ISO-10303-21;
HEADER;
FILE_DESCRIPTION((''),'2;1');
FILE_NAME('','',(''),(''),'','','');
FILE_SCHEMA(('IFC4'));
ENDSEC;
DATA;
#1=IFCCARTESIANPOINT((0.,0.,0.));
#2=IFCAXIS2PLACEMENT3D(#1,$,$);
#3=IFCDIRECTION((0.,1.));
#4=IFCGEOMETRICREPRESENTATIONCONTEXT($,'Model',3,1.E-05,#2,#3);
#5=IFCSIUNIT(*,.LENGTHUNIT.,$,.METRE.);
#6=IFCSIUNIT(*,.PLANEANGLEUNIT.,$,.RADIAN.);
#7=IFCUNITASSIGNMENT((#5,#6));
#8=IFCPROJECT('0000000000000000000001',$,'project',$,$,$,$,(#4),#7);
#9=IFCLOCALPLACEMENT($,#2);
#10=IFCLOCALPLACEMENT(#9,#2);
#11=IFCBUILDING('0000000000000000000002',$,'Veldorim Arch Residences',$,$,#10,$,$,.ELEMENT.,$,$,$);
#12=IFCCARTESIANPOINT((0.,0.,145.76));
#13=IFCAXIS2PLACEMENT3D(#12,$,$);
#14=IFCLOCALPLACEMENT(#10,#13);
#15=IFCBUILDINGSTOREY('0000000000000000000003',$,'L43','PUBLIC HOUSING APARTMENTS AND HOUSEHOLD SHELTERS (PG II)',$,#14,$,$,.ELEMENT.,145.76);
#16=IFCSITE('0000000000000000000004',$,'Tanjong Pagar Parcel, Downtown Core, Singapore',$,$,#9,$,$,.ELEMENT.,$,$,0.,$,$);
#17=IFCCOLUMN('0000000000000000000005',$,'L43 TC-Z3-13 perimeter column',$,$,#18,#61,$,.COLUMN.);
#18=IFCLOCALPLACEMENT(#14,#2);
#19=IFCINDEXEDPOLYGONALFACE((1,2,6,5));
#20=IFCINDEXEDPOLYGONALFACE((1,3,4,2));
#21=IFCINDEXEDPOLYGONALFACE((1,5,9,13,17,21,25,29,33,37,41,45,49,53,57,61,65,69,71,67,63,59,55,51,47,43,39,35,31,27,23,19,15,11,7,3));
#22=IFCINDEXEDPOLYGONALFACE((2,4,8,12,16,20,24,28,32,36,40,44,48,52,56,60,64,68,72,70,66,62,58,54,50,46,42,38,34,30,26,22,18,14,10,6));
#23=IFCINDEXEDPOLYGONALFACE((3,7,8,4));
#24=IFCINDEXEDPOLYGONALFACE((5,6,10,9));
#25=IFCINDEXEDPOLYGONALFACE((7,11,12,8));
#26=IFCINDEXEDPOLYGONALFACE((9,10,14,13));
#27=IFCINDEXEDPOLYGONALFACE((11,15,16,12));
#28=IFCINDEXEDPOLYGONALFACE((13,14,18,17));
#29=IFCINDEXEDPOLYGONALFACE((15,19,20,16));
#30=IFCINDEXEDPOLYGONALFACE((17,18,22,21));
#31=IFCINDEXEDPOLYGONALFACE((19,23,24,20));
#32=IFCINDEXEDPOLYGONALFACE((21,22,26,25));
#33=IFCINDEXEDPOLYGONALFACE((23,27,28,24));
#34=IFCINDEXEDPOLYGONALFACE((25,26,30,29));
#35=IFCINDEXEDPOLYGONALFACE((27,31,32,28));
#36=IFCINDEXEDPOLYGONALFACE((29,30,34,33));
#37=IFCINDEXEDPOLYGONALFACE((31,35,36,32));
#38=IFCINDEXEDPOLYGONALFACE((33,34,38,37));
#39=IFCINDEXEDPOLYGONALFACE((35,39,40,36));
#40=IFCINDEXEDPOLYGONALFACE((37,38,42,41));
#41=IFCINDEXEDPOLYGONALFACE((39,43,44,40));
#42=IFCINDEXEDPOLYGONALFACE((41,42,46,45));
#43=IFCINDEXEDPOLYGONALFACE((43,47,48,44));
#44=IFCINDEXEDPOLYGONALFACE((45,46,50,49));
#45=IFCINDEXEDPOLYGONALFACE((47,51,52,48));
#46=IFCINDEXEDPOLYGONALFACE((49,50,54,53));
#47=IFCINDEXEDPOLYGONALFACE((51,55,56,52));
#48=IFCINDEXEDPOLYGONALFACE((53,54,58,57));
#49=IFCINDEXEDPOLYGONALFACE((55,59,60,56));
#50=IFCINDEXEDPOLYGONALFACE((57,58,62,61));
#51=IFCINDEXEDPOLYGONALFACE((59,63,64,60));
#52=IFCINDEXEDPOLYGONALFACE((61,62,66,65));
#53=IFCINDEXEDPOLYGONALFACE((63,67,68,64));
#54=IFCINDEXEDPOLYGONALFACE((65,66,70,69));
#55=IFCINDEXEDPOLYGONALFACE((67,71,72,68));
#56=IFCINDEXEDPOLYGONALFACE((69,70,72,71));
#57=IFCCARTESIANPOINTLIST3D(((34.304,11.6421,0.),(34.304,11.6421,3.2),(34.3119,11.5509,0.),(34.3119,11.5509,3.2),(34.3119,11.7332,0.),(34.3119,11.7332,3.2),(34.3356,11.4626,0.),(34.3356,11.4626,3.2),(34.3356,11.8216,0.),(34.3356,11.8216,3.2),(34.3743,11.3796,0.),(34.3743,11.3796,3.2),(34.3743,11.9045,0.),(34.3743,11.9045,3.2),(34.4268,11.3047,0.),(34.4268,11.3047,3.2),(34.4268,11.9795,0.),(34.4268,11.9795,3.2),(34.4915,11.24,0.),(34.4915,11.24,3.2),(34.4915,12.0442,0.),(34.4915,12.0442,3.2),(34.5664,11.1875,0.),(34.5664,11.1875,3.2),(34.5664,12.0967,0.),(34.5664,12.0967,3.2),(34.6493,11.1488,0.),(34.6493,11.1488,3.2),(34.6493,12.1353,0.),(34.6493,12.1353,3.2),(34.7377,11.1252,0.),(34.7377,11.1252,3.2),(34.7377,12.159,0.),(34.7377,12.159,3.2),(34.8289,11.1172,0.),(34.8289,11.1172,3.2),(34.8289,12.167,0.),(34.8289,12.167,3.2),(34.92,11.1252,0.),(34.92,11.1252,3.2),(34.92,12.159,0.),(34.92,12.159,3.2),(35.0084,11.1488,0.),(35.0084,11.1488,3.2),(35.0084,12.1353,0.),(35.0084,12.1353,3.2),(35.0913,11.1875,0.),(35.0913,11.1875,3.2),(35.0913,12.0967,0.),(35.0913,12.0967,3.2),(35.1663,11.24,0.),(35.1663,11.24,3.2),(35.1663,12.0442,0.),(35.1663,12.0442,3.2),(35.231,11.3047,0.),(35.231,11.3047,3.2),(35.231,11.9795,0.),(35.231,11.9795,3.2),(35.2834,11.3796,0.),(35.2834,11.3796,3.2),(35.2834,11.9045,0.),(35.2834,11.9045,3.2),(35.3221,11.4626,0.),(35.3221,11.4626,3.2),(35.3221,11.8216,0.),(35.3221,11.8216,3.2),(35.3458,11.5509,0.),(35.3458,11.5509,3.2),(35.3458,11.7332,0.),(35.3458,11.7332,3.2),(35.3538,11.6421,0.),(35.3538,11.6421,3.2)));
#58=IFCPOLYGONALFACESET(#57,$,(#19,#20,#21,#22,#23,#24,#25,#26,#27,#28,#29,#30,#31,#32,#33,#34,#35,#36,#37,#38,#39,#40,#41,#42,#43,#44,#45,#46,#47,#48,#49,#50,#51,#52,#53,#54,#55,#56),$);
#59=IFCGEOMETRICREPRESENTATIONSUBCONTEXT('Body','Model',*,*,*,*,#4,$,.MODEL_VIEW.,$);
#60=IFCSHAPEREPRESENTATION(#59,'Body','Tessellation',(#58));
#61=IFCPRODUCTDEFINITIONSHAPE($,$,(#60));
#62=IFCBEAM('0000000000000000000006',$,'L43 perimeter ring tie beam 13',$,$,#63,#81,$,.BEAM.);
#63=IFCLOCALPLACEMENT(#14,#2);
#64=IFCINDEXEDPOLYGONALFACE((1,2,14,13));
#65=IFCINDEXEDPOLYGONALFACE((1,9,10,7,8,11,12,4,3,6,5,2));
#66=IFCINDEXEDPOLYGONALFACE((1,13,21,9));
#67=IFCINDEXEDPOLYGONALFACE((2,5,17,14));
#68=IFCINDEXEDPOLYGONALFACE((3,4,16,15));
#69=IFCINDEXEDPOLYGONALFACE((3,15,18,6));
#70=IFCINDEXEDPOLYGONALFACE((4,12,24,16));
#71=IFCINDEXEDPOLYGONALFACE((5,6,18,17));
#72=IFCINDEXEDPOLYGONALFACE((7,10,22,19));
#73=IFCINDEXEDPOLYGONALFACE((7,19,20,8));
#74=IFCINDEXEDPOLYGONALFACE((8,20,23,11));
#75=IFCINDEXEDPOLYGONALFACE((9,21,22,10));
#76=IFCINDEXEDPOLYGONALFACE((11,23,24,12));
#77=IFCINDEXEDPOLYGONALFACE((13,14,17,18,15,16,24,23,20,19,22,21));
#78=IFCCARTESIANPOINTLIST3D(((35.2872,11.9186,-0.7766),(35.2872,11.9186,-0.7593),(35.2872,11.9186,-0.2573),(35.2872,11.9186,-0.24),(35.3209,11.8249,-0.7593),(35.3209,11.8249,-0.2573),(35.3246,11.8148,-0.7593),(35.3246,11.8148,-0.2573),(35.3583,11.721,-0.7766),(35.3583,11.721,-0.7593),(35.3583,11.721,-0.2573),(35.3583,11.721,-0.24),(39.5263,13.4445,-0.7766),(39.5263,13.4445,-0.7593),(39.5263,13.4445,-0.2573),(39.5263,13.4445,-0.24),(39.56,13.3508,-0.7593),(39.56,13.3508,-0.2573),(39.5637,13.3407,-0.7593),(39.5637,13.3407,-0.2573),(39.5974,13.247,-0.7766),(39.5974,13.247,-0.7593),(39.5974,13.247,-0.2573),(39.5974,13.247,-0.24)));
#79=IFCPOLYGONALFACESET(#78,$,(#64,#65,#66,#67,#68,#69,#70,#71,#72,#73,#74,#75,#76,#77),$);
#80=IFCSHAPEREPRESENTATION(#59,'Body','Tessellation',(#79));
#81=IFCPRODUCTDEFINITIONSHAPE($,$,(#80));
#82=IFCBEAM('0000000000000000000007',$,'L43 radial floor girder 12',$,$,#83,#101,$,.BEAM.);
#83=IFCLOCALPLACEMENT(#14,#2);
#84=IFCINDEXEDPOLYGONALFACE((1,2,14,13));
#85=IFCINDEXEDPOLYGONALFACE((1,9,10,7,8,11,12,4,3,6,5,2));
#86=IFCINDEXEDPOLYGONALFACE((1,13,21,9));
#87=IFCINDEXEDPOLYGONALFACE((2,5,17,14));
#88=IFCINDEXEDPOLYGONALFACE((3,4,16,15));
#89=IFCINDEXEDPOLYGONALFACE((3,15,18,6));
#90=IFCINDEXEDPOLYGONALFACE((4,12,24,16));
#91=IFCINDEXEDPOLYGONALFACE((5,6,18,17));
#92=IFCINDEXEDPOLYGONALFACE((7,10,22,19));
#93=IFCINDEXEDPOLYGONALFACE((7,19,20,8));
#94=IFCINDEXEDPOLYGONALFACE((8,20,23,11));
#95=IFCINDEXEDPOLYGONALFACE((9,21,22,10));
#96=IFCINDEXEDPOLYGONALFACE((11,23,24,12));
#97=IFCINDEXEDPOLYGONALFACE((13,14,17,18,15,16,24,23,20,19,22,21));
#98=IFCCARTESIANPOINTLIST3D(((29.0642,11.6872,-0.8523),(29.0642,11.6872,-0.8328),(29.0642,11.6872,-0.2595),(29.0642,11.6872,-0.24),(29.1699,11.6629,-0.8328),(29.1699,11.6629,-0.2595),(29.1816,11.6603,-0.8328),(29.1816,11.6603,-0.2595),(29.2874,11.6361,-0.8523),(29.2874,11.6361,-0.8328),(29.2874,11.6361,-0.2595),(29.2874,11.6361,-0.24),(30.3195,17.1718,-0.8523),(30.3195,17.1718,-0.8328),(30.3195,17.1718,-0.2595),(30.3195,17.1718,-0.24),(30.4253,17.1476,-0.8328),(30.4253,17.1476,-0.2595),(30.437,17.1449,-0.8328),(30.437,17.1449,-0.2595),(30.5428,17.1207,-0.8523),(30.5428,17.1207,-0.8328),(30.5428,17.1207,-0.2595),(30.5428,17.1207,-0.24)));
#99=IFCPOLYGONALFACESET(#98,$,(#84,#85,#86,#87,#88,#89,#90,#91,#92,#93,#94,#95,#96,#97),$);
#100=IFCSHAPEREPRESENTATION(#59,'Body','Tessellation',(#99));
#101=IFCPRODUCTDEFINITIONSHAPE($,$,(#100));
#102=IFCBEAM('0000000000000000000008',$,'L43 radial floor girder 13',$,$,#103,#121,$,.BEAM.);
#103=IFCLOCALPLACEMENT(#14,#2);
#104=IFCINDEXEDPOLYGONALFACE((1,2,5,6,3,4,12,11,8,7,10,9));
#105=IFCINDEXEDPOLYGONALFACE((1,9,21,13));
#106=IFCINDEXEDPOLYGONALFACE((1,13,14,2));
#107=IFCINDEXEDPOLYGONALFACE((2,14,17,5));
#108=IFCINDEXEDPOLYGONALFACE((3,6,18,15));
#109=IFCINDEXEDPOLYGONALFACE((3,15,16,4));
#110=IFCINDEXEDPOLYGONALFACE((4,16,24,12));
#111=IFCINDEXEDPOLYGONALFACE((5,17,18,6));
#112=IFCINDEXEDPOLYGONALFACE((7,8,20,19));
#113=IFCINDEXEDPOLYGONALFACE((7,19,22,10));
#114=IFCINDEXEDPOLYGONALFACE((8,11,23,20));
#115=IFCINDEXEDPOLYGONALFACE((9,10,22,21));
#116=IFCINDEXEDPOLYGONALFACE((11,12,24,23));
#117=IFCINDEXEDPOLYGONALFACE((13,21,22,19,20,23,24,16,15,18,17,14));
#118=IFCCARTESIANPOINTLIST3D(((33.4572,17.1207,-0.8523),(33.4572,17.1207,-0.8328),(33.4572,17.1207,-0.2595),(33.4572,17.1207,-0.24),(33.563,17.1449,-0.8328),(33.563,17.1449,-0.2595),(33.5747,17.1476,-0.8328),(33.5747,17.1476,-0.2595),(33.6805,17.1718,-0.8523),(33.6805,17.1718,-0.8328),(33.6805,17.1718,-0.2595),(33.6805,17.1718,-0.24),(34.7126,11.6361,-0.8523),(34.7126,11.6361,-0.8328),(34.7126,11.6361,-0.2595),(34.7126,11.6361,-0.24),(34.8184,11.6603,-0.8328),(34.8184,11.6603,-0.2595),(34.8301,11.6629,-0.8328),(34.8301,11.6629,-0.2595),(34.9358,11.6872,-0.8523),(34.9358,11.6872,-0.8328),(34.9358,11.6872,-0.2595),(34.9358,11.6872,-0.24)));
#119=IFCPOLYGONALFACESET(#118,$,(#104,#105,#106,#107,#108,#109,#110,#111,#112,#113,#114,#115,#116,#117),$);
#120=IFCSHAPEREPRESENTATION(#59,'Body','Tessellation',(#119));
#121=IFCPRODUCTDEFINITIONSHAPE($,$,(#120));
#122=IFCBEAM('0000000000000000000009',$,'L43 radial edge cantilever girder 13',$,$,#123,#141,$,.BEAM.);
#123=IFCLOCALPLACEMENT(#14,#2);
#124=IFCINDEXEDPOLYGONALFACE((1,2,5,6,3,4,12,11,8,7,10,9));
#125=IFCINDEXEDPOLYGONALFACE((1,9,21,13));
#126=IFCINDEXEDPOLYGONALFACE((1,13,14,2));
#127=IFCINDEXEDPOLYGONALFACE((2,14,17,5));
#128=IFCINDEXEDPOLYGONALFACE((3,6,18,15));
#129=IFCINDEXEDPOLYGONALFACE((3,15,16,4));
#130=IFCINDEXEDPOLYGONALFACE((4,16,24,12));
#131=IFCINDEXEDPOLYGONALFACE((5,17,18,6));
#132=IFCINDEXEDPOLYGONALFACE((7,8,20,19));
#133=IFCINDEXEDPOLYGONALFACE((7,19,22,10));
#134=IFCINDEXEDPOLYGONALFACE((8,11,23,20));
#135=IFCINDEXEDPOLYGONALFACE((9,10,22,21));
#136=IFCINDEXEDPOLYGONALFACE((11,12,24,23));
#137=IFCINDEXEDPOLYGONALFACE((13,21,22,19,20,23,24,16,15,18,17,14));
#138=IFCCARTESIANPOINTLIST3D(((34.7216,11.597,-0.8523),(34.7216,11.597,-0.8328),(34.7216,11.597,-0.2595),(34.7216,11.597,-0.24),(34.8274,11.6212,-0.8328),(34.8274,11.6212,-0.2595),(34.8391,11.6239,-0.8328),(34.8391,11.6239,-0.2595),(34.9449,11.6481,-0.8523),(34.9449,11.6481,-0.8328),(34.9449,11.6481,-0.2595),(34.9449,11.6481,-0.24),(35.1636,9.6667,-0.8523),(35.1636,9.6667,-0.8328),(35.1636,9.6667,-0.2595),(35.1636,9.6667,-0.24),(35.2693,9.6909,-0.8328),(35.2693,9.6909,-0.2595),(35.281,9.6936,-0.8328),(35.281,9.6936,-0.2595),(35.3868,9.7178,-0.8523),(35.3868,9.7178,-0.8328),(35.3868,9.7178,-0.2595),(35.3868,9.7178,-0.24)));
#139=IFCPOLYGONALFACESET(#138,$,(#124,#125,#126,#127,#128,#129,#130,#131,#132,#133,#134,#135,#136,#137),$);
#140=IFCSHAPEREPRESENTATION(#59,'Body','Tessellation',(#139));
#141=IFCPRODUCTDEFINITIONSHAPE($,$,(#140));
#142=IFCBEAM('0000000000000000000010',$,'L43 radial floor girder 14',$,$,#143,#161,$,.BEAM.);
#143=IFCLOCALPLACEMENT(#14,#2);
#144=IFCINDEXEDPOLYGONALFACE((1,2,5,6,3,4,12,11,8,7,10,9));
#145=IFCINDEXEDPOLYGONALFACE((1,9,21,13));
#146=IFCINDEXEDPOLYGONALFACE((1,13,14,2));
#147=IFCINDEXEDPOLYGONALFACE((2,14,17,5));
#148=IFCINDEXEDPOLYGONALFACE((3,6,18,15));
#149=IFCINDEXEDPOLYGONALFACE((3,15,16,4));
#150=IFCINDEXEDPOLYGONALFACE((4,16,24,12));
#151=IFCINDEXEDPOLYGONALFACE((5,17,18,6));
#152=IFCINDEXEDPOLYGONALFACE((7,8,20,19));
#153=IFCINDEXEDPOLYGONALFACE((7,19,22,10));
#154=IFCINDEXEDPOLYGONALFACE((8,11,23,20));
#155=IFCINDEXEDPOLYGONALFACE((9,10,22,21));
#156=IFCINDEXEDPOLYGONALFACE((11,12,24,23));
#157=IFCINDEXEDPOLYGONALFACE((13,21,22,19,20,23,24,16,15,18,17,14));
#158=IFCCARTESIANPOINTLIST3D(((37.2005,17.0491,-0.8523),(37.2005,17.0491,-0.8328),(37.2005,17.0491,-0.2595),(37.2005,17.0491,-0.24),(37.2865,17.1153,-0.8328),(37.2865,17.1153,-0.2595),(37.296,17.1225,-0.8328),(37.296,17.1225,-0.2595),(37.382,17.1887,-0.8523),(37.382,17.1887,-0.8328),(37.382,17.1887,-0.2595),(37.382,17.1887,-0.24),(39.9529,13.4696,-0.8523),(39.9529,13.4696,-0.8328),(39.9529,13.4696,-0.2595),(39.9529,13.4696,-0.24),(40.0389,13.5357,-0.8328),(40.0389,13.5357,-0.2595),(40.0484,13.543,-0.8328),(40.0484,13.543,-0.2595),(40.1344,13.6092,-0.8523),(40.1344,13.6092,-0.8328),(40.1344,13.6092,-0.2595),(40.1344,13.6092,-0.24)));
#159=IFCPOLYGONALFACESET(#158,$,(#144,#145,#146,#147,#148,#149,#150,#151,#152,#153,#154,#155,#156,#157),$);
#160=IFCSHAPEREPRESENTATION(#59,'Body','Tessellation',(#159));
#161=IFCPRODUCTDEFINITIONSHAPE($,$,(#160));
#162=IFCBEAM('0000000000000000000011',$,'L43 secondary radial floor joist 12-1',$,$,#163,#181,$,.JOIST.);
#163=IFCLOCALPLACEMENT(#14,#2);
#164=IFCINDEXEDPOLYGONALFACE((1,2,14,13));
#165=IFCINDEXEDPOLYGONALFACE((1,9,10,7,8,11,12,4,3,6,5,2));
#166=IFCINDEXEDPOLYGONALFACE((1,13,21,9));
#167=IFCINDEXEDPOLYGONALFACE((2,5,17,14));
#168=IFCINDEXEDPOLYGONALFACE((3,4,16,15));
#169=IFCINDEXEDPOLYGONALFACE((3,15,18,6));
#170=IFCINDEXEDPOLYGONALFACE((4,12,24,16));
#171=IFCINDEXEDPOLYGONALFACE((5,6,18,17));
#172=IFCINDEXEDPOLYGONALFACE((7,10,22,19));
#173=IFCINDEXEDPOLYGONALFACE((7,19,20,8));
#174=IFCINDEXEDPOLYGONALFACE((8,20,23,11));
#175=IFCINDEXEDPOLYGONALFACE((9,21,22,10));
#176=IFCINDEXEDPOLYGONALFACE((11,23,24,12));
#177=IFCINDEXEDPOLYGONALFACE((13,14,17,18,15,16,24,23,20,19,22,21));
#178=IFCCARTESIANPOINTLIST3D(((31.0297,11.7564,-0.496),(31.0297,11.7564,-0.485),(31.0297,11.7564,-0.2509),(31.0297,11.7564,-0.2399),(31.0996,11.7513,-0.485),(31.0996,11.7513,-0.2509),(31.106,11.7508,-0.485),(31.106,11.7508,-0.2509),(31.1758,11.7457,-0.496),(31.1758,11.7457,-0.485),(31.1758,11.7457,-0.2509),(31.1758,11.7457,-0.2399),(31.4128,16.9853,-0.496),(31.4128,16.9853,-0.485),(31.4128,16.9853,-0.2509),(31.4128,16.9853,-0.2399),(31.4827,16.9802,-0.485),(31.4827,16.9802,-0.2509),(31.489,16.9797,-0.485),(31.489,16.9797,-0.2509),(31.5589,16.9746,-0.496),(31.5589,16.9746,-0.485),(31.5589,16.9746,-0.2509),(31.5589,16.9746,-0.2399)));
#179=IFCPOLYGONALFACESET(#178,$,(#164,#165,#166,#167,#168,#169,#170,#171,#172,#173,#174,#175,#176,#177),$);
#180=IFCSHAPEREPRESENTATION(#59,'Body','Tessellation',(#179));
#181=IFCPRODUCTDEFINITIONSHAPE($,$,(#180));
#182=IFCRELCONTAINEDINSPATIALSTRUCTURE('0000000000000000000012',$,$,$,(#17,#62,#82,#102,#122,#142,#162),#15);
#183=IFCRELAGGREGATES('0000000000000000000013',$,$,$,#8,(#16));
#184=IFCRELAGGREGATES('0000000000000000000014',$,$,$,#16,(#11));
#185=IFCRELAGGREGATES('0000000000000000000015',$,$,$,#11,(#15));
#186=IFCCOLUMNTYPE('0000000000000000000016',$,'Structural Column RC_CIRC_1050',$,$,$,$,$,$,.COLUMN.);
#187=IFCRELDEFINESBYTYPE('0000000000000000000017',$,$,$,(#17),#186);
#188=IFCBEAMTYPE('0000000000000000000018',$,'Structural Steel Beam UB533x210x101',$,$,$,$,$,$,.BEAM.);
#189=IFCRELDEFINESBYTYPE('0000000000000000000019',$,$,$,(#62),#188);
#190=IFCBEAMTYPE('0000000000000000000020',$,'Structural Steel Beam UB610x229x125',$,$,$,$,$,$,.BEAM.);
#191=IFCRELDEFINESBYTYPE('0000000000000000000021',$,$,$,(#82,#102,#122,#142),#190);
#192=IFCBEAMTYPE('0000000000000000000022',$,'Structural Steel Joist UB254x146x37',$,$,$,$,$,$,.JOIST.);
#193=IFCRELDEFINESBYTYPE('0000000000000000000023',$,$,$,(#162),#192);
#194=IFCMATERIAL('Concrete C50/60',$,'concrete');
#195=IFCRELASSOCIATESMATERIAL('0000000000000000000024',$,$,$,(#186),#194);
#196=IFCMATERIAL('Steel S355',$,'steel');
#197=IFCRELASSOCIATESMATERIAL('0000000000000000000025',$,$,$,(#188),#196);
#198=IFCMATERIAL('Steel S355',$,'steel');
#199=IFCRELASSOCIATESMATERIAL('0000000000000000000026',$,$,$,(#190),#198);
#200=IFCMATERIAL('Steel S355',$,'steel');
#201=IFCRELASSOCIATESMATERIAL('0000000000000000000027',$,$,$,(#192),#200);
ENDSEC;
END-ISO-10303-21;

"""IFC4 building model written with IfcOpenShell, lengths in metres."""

from ifc_helpers import new_model, si_unit, direction, frame, origin, origin_2d, place, context, subcontext, project, spatial, circle, i_section, extrude, material, material_profile, profile_set, type_object, element, save


model = new_model("IFC4")

# Units and contexts
model_context = context("Model", 3, precision=1e-05, world=origin(), true_north=direction((0.0, 1.0)))
body_context = subcontext(model_context, "Body", "Model", "MODEL_VIEW")
ifc_project = project(units=[si_unit("LENGTHUNIT", "METRE"), si_unit("PLANEANGLEUNIT", "RADIAN")], contexts=[model_context])

# Site, building, storey
site_placement = place(None, origin())
site = spatial("IfcSite", under=ifc_project, at=site_placement, Name="Tanjong Pagar Parcel, Downtown Core, Singapore", CompositionType="ELEMENT", RefElevation=0.0)
building_placement = place(site_placement, origin())
building = spatial("IfcBuilding", under=site, at=building_placement, Name="Veldorim Arch Residences", CompositionType="ELEMENT")
storey_placement = place(building_placement, frame((0.0, 0.0, 145.76)))
storey = spatial("IfcBuildingStorey", under=building, at=storey_placement, Name="L43", Description="PUBLIC HOUSING APARTMENTS AND HOUSEHOLD SHELTERS (PG II)", CompositionType="ELEMENT", Elevation=145.76)

# Column
ifc_material_1 = material(Name="Concrete C50/60", Category="concrete")
ifc_material_profile_1 = material_profile(ifc_material_1, circle(Radius=0.5249, at=origin_2d()), Name="RC_CIRC_1050")
ifc_profile_set_1 = profile_set([ifc_material_profile_1], Name="Concrete C50/60")
column_type = type_object("IfcColumnType", Name="Structural Column RC_CIRC_1050", PredefinedType="COLUMN", material=ifc_profile_set_1)
column_placement = place(storey_placement, frame((34.8289, 11.6421, 0.0), z_axis=(0.0, 0.0, 1.0), x_axis=(1.0, 0.0, 0.0)))
element("IfcColumn", 1, at=column_placement, inside=storey, type_object=column_type, Name="L43 TC-Z3-13 perimeter column", PredefinedType="COLUMN", context=body_context, shape_type="SweptSolid", body=[
    extrude(circle(Radius=0.5249, at=origin_2d()), origin(), (0.0, 0.0, 1.0), 3.2),
])

# Beams
ifc_material_2 = material(Name="Steel S355", Category="steel")
ifc_material_profile_2 = material_profile(ifc_material_2, i_section(OverallWidth=0.21, OverallDepth=0.5366, WebThickness=0.0107, FlangeThickness=0.0173, at=origin_2d()), Name="UB533x210x101")
ifc_profile_set_2 = profile_set([ifc_material_profile_2], Name="Steel S355")
beam_type_1 = type_object("IfcBeamType", Name="Structural Steel Beam UB533x210x101", PredefinedType="BEAM", material=ifc_profile_set_2)
beam_1_placement = place(storey_placement, frame((35.3228, 11.8198, -0.5083), z_axis=(0.940899, 0.338687, 0.0), x_axis=(-0.338687, 0.940899, 0.0)))
element("IfcBeam", 2, at=beam_1_placement, inside=storey, type_object=beam_type_1, Name="L43 perimeter ring tie beam 13", PredefinedType="BEAM", context=body_context, shape_type="SweptSolid", body=[
    extrude(i_section(OverallWidth=0.21, OverallDepth=0.5366, WebThickness=0.0107, FlangeThickness=0.0173, at=origin_2d()), origin(), (0.0, 0.0, 1.0), 4.5054),
])
ifc_material_3 = material(Name="Steel S355", Category="steel")
ifc_material_profile_3 = material_profile(ifc_material_3, i_section(OverallWidth=0.229, OverallDepth=0.6123, WebThickness=0.012, FlangeThickness=0.0195, at=origin_2d()), Name="UB610x229x125")
ifc_profile_set_3 = profile_set([ifc_material_profile_3], Name="Steel S355")
beam_type_2 = type_object("IfcBeamType", Name="Structural Steel Beam UB610x229x125", PredefinedType="BEAM", material=ifc_profile_set_3)
for number, where, z_axis, x_axis, name in (
    (3, (30.4312, 17.1462, -0.5461), (-0.223119, -0.974791, 0.0), (0.974791, -0.223119, 0.0), "L43 radial floor girder 12"),
    (4, (33.5688, 17.1462, -0.5461), (0.223119, -0.974791, 0.0), (0.974791, 0.223119, 0.0), "L43 radial floor girder 13"),
):
    element("IfcBeam", number, at=place(storey_placement, frame(where, z_axis=z_axis, x_axis=x_axis)), inside=storey, type_object=beam_type_2, Name=name, PredefinedType="BEAM", context=body_context, shape_type="SweptSolid", body=[
        extrude(i_section(OverallWidth=0.229, OverallDepth=0.6123, WebThickness=0.012, FlangeThickness=0.0195, at=origin_2d()), origin(), (0.0, 0.0, 1.0), 5.6265),
    ])
beam_2_placement = place(storey_placement, frame((34.8333, 11.6226, -0.5461), z_axis=(0.223166, -0.97478, 0.0), x_axis=(0.97478, 0.223166, 0.0)))
element("IfcBeam", 5, at=beam_2_placement, inside=storey, type_object=beam_type_2, Name="L43 radial edge cantilever girder 13", PredefinedType="BEAM", context=body_context, shape_type="SweptSolid", body=[
    extrude(i_section(OverallWidth=0.229, OverallDepth=0.6123, WebThickness=0.012, FlangeThickness=0.0195, at=origin_2d()), origin(), (0.0, 0.0, 1.0), 1.9802),
])
beam_3_placement = place(storey_placement, frame((37.2913, 17.1189, -0.5461), z_axis=(0.609559, -0.792741, 0.0), x_axis=(0.792741, 0.609559, 0.0)))
element("IfcBeam", 6, at=beam_3_placement, inside=storey, type_object=beam_type_2, Name="L43 radial floor girder 14", PredefinedType="BEAM", context=body_context, shape_type="SweptSolid", body=[
    extrude(i_section(OverallWidth=0.229, OverallDepth=0.6123, WebThickness=0.012, FlangeThickness=0.0195, at=origin_2d()), origin(), (0.0, 0.0, 1.0), 4.5154),
])
ifc_material_4 = material(Name="Steel S355", Category="steel")
ifc_material_profile_4 = material_profile(ifc_material_4, i_section(OverallWidth=0.1465, OverallDepth=0.2561, WebThickness=0.0063, FlangeThickness=0.011, at=origin_2d()), Name="UB254x146x37")
ifc_profile_set_4 = profile_set([ifc_material_profile_4], Name="Steel S355")
beam_type_3 = type_object("IfcBeamType", Name="Structural Steel Joist UB254x146x37", PredefinedType="JOIST", material=ifc_profile_set_4)
for number, where, z_axis, x_axis, name in (
    (7, (31.4858, 16.98, -0.3679), (-0.07306, -0.997328, 0.0), (0.997328, -0.07306, 0.0), "L43 secondary radial floor joist 12-1"),
):
    element("IfcBeam", number, at=place(storey_placement, frame(where, z_axis=z_axis, x_axis=x_axis)), inside=storey, type_object=beam_type_3, Name=name, PredefinedType="JOIST", context=body_context, shape_type="SweptSolid", body=[
        extrude(i_section(OverallWidth=0.1465, OverallDepth=0.2561, WebThickness=0.0063, FlangeThickness=0.011, at=origin_2d()), origin(), (0.0, 0.0, 1.0), 5.2429),
    ])

save(model, "model.ifc")
